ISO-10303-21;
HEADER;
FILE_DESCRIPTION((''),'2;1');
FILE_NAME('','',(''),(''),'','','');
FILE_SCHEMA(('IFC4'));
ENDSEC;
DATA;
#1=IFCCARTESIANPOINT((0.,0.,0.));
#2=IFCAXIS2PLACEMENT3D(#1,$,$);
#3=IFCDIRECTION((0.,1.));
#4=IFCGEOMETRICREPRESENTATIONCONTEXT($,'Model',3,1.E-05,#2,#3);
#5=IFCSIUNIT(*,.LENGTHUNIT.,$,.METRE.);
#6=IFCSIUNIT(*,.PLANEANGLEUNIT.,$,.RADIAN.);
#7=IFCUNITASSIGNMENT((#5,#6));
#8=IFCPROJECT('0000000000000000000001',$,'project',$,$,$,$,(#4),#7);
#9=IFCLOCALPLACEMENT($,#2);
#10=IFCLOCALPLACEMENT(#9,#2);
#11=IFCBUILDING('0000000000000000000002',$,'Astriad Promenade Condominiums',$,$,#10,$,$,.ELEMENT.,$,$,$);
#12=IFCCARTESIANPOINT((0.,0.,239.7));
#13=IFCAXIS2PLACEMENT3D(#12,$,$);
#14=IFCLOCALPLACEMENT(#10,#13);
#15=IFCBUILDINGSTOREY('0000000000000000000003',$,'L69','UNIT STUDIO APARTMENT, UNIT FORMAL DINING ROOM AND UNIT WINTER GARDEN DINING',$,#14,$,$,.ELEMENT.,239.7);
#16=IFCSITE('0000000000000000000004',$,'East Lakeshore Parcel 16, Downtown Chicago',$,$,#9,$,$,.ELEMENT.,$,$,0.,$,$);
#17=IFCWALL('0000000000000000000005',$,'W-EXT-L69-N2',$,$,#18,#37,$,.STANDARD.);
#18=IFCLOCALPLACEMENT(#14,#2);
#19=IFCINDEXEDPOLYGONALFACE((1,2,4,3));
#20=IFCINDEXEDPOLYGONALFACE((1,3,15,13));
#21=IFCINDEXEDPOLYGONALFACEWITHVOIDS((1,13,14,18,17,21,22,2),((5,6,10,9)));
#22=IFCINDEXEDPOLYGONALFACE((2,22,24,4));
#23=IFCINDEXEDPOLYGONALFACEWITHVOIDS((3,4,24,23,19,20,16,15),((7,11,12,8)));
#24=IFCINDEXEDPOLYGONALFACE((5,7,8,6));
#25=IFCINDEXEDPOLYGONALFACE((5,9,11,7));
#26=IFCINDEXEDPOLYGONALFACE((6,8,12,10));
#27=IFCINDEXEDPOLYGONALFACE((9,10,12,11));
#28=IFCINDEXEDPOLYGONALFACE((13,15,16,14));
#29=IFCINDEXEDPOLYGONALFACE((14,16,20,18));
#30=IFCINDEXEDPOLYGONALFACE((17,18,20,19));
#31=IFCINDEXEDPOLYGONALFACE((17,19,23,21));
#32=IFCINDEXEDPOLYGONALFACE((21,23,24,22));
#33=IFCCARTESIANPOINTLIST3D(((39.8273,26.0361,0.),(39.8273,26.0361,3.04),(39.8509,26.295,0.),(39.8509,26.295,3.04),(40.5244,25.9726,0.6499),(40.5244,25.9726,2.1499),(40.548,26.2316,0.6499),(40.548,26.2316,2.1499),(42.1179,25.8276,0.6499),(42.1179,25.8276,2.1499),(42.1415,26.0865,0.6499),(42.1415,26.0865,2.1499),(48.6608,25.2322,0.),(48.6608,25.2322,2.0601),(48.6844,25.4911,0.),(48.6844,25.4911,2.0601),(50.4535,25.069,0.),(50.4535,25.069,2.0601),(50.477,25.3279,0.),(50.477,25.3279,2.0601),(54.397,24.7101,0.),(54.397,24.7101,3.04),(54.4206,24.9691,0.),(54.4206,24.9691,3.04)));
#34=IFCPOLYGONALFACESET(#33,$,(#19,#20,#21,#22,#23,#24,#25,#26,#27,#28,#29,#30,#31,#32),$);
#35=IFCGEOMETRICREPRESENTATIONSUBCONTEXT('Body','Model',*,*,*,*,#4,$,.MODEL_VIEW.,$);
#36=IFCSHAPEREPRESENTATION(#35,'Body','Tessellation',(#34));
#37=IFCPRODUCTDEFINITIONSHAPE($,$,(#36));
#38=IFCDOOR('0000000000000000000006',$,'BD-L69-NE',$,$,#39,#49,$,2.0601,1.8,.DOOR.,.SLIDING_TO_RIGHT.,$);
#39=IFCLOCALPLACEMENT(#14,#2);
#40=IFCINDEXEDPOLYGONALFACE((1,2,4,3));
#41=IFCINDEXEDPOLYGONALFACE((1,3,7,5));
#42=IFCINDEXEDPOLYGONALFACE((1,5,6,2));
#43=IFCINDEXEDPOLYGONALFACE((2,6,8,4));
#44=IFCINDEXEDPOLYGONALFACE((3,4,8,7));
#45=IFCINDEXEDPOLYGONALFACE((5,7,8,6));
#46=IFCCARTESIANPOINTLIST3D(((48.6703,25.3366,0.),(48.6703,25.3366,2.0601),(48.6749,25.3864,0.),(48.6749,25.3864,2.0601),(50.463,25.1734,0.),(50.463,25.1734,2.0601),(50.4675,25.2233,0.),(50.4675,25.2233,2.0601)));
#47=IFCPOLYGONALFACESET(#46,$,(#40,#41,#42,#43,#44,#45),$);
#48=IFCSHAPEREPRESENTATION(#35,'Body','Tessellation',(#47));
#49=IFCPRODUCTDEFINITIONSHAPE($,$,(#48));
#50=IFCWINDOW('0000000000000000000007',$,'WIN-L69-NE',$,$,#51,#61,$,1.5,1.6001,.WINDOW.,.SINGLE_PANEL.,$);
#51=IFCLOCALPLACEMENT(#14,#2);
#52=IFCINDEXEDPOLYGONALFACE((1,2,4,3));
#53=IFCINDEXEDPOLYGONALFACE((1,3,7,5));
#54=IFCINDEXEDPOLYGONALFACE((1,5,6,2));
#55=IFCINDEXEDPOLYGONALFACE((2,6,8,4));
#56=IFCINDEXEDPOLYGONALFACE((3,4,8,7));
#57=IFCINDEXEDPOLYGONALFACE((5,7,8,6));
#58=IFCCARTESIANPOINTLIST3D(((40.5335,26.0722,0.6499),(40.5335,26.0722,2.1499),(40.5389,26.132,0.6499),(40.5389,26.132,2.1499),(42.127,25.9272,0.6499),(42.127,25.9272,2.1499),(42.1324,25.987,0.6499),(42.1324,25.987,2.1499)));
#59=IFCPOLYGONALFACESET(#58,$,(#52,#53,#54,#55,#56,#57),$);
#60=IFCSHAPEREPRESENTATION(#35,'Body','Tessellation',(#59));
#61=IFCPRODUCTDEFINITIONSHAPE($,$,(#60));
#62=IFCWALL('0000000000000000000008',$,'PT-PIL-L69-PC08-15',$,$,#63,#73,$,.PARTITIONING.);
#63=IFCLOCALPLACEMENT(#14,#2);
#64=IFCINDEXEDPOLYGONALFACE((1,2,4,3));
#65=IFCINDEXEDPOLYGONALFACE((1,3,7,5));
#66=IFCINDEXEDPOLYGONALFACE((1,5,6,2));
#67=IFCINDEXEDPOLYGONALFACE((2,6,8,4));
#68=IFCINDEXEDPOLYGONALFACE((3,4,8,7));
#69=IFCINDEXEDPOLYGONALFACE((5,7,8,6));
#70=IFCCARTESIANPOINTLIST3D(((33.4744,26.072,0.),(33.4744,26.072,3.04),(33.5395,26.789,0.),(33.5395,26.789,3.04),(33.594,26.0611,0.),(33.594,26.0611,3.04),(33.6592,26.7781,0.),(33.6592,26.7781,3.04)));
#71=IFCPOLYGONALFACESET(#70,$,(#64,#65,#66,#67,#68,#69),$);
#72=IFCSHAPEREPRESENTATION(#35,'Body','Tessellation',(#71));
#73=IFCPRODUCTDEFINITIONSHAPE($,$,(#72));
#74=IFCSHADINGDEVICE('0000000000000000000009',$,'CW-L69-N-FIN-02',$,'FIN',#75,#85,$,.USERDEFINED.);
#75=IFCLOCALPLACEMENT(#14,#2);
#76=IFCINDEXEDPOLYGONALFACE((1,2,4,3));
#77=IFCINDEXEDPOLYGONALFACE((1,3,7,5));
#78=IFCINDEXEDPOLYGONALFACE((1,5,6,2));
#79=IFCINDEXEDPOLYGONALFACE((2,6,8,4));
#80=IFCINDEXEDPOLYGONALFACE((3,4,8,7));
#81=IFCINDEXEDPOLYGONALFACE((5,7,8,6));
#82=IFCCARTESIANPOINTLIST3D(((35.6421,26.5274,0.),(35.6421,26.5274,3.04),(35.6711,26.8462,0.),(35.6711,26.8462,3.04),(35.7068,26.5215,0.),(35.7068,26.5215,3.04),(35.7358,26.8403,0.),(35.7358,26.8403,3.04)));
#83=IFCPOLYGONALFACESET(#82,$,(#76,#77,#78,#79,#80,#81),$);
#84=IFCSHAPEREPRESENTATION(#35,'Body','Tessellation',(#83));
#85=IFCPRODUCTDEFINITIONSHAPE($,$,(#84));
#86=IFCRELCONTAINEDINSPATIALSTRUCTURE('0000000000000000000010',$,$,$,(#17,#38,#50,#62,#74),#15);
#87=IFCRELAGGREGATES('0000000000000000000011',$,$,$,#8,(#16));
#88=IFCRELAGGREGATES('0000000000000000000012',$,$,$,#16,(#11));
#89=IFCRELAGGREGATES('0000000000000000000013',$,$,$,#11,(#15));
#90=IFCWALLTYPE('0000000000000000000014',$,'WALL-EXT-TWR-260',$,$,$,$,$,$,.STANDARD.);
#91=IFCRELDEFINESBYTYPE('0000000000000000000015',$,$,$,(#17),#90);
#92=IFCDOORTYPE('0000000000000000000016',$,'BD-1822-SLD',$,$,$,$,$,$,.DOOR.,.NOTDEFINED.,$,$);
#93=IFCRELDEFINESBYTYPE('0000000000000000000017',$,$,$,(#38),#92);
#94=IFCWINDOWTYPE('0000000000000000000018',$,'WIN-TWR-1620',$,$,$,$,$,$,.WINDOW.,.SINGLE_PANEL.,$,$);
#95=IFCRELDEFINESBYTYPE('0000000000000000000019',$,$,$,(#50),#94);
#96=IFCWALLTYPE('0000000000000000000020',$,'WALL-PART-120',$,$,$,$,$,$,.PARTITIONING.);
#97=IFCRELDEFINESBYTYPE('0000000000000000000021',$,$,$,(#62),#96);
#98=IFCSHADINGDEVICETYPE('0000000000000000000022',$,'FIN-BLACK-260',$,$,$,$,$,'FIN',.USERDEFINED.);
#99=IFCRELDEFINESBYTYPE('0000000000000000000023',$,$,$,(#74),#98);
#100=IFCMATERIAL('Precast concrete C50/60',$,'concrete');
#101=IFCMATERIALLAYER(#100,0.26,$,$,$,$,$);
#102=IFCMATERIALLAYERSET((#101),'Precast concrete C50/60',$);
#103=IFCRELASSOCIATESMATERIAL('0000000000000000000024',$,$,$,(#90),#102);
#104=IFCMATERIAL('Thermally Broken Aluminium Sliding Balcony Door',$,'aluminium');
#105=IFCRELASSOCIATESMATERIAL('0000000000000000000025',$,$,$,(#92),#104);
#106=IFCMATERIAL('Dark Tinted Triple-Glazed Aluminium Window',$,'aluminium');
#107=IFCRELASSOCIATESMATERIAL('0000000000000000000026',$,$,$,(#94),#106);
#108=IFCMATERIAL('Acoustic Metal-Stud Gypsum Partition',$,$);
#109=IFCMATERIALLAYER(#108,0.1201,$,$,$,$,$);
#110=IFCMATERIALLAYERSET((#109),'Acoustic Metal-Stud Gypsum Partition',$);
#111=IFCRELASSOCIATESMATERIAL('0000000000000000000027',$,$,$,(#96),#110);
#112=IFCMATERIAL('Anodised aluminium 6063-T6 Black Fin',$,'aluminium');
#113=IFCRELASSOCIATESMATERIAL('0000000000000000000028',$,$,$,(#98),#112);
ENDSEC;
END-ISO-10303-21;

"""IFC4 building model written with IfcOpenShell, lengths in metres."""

from ifc_helpers import new_model, si_unit, direction, frame, frame_2d, origin, origin_2d, place, context, subcontext, project, spatial, rectangle, extrude, source, transform, mapped, material, layer, layer_set, type_object, type_shapes, element, fill, save


model = new_model("IFC4")

# Units and contexts
model_context = context("Model", 3, precision=1e-05, world=origin(), true_north=direction((0.0, 1.0)))
body_context = subcontext(model_context, "Body", "Model", "MODEL_VIEW")
ifc_project = project(units=[si_unit("LENGTHUNIT", "METRE"), si_unit("PLANEANGLEUNIT", "RADIAN")], contexts=[model_context])

# Site, building, storey
site_placement = place(None, origin())
site = spatial("IfcSite", under=ifc_project, at=site_placement, Name="East Lakeshore Parcel 16, Downtown Chicago", CompositionType="ELEMENT", RefElevation=0.0)
building_placement = place(site_placement, origin())
building = spatial("IfcBuilding", under=site, at=building_placement, Name="Astriad Promenade Condominiums", CompositionType="ELEMENT")
storey_placement = place(building_placement, frame((0.0, 0.0, 239.7)))
storey = spatial("IfcBuildingStorey", under=building, at=storey_placement, Name="L69", Description="UNIT STUDIO APARTMENT, UNIT FORMAL DINING ROOM AND UNIT WINTER GARDEN DINING", CompositionType="ELEMENT", Elevation=239.7)

# Wall, openings, door, window
ifc_material_1 = material(Name="Precast concrete C50/60", Category="concrete")
ifc_layer_1 = layer(ifc_material_1, 0.26)
ifc_layer_set_1 = layer_set([ifc_layer_1], Name="Precast concrete C50/60")
wall_type_1 = type_object("IfcWallType", Name="WALL-EXT-TWR-260", PredefinedType="STANDARD", material=ifc_layer_set_1)
wall_1_placement = place(storey_placement, frame((39.8391, 26.1655, 0.0), z_axis=(0.0, 0.0, 1.0), x_axis=(0.995884, -0.090632, 0.0)))
wall_1 = element("IfcWall", 1, at=wall_1_placement, inside=storey, type_object=wall_type_1, Name="W-EXT-L69-N2", PredefinedType="STANDARD", context=body_context, shape_type="SweptSolid", body=[
    extrude(rectangle(XDim=14.6299, YDim=0.26, at=frame_2d((7.3149, 0.0))), origin(), (0.0, 0.0, 1.0), 3.04),
])
opening_1_placement = place(wall_1_placement, frame((8.8701, 0.0, 0.0)))
opening_1 = element("IfcOpeningElement", 2, at=opening_1_placement, cuts=wall_1, PredefinedType="OPENING", context=body_context, shape_type="SweptSolid", body=[
    extrude(rectangle(XDim=1.8, YDim=2.0601, at=frame_2d((0.8999, 1.03))), frame((0.0, 0.1399, 0.0), z_axis=(0.0, -1.0, 0.0), x_axis=(1.0, 0.0, 0.0)), (0.0, 0.0, 1.0), 0.28),
])
opening_2_placement = place(wall_1_placement, frame((0.7, 0.0, 0.6499)))
opening_2 = element("IfcOpeningElement", 3, at=opening_2_placement, cuts=wall_1, PredefinedType="OPENING", context=body_context, shape_type="SweptSolid", body=[
    extrude(rectangle(XDim=1.6001, YDim=1.5, at=frame_2d((0.8, 0.75))), frame((0.0, 0.1399, 0.0), z_axis=(0.0, -1.0, 0.0), x_axis=(1.0, 0.0, 0.0)), (0.0, 0.0, 1.0), 0.28),
])
ifc_material_2 = material(Name="Thermally Broken Aluminium Sliding Balcony Door", Category="aluminium")
door_type = type_object("IfcDoorType", Name="BD-1822-SLD", OperationType="NOTDEFINED", PredefinedType="DOOR", material=ifc_material_2)
shared_shape_1 = source(origin(), body_context, "Body", "SweptSolid", [
    extrude(rectangle(XDim=1.8, YDim=2.0601, at=frame_2d((0.8999, 1.03))), frame((0.0, 0.0249, 0.0), z_axis=(0.0, -1.0, 0.0), x_axis=(1.0, 0.0, 0.0)), (0.0, 0.0, 1.0), 0.05),
])
type_shapes(door_type, [shared_shape_1])
door_placement = place(opening_1_placement, origin())
door = element("IfcDoor", 4, at=door_placement, inside=storey, type_object=door_type, Name="BD-L69-NE", OperationType="SLIDING_TO_RIGHT", OverallHeight=2.0601, OverallWidth=1.8, PredefinedType="DOOR", context=body_context, shape_type="MappedRepresentation", body=[
    mapped(shared_shape_1, transform((0.0, 0.0, 0.0), scale=1.0)),
])
fill(opening_1, door)
ifc_material_3 = material(Name="Dark Tinted Triple-Glazed Aluminium Window", Category="aluminium")
window_type = type_object("IfcWindowType", Name="WIN-TWR-1620", PartitioningType="SINGLE_PANEL", PredefinedType="WINDOW", material=ifc_material_3)
shared_shape_2 = source(origin(), body_context, "Body", "SweptSolid", [
    extrude(rectangle(XDim=1.6001, YDim=1.5, at=frame_2d((0.8, 0.75))), frame((0.0, 0.03, 0.0), z_axis=(0.0, -1.0, 0.0), x_axis=(1.0, 0.0, 0.0)), (0.0, 0.0, 1.0), 0.0601),
])
type_shapes(window_type, [shared_shape_2])
window_placement = place(opening_2_placement, origin())
window = element("IfcWindow", 5, at=window_placement, inside=storey, type_object=window_type, Name="WIN-L69-NE", OverallHeight=1.5, OverallWidth=1.6001, PartitioningType="SINGLE_PANEL", PredefinedType="WINDOW", context=body_context, shape_type="MappedRepresentation", body=[
    mapped(shared_shape_2, transform((0.0, 0.0, 0.0), scale=1.0)),
])
fill(opening_2, window)

# Wall
ifc_material_4 = material(Name="Acoustic Metal-Stud Gypsum Partition")
ifc_layer_2 = layer(ifc_material_4, 0.1201)
ifc_layer_set_2 = layer_set([ifc_layer_2], Name="Acoustic Metal-Stud Gypsum Partition")
wall_type_2 = type_object("IfcWallType", Name="WALL-PART-120", PredefinedType="PARTITIONING", material=ifc_layer_set_2)
wall_2_placement = place(storey_placement, frame((33.5342, 26.0667, 0.0), z_axis=(0.0, 0.0, 1.0), x_axis=(0.090536, 0.995893, 0.0)))
element("IfcWall", 6, at=wall_2_placement, inside=storey, type_object=wall_type_2, Name="PT-PIL-L69-PC08-15", PredefinedType="PARTITIONING", context=body_context, shape_type="SweptSolid", body=[
    extrude(rectangle(XDim=0.72, YDim=0.1201, at=frame_2d((0.3599, 0.0))), origin(), (0.0, 0.0, 1.0), 3.04),
])

# Shading device
ifc_material_5 = material(Name="Anodised aluminium 6063-T6 Black Fin", Category="aluminium")
shading_device_type = type_object("IfcShadingDeviceType", Name="FIN-BLACK-260", ElementType="FIN", PredefinedType="USERDEFINED", material=ifc_material_5)
shared_shape_3 = source(origin(), body_context, "Body", "SweptSolid", [
    extrude(rectangle(XDim=0.0649, YDim=0.3201, at=origin_2d()), origin(), (0.0, 0.0, 1.0), 3.04),
])
type_shapes(shading_device_type, [shared_shape_3])
shading_device_placement = place(storey_placement, frame((35.689, 26.6838, 0.0), z_axis=(0.0, 0.0, 1.0), x_axis=(0.995884, -0.090633, 0.0)))
element("IfcShadingDevice", 7, at=shading_device_placement, inside=storey, type_object=shading_device_type, Name="CW-L69-N-FIN-02", ObjectType="FIN", PredefinedType="USERDEFINED", context=body_context, shape_type="MappedRepresentation", body=[
    mapped(shared_shape_3, transform((0.0, 0.0, 0.0), scale=1.0)),
])

save(model, "model.ifc")
